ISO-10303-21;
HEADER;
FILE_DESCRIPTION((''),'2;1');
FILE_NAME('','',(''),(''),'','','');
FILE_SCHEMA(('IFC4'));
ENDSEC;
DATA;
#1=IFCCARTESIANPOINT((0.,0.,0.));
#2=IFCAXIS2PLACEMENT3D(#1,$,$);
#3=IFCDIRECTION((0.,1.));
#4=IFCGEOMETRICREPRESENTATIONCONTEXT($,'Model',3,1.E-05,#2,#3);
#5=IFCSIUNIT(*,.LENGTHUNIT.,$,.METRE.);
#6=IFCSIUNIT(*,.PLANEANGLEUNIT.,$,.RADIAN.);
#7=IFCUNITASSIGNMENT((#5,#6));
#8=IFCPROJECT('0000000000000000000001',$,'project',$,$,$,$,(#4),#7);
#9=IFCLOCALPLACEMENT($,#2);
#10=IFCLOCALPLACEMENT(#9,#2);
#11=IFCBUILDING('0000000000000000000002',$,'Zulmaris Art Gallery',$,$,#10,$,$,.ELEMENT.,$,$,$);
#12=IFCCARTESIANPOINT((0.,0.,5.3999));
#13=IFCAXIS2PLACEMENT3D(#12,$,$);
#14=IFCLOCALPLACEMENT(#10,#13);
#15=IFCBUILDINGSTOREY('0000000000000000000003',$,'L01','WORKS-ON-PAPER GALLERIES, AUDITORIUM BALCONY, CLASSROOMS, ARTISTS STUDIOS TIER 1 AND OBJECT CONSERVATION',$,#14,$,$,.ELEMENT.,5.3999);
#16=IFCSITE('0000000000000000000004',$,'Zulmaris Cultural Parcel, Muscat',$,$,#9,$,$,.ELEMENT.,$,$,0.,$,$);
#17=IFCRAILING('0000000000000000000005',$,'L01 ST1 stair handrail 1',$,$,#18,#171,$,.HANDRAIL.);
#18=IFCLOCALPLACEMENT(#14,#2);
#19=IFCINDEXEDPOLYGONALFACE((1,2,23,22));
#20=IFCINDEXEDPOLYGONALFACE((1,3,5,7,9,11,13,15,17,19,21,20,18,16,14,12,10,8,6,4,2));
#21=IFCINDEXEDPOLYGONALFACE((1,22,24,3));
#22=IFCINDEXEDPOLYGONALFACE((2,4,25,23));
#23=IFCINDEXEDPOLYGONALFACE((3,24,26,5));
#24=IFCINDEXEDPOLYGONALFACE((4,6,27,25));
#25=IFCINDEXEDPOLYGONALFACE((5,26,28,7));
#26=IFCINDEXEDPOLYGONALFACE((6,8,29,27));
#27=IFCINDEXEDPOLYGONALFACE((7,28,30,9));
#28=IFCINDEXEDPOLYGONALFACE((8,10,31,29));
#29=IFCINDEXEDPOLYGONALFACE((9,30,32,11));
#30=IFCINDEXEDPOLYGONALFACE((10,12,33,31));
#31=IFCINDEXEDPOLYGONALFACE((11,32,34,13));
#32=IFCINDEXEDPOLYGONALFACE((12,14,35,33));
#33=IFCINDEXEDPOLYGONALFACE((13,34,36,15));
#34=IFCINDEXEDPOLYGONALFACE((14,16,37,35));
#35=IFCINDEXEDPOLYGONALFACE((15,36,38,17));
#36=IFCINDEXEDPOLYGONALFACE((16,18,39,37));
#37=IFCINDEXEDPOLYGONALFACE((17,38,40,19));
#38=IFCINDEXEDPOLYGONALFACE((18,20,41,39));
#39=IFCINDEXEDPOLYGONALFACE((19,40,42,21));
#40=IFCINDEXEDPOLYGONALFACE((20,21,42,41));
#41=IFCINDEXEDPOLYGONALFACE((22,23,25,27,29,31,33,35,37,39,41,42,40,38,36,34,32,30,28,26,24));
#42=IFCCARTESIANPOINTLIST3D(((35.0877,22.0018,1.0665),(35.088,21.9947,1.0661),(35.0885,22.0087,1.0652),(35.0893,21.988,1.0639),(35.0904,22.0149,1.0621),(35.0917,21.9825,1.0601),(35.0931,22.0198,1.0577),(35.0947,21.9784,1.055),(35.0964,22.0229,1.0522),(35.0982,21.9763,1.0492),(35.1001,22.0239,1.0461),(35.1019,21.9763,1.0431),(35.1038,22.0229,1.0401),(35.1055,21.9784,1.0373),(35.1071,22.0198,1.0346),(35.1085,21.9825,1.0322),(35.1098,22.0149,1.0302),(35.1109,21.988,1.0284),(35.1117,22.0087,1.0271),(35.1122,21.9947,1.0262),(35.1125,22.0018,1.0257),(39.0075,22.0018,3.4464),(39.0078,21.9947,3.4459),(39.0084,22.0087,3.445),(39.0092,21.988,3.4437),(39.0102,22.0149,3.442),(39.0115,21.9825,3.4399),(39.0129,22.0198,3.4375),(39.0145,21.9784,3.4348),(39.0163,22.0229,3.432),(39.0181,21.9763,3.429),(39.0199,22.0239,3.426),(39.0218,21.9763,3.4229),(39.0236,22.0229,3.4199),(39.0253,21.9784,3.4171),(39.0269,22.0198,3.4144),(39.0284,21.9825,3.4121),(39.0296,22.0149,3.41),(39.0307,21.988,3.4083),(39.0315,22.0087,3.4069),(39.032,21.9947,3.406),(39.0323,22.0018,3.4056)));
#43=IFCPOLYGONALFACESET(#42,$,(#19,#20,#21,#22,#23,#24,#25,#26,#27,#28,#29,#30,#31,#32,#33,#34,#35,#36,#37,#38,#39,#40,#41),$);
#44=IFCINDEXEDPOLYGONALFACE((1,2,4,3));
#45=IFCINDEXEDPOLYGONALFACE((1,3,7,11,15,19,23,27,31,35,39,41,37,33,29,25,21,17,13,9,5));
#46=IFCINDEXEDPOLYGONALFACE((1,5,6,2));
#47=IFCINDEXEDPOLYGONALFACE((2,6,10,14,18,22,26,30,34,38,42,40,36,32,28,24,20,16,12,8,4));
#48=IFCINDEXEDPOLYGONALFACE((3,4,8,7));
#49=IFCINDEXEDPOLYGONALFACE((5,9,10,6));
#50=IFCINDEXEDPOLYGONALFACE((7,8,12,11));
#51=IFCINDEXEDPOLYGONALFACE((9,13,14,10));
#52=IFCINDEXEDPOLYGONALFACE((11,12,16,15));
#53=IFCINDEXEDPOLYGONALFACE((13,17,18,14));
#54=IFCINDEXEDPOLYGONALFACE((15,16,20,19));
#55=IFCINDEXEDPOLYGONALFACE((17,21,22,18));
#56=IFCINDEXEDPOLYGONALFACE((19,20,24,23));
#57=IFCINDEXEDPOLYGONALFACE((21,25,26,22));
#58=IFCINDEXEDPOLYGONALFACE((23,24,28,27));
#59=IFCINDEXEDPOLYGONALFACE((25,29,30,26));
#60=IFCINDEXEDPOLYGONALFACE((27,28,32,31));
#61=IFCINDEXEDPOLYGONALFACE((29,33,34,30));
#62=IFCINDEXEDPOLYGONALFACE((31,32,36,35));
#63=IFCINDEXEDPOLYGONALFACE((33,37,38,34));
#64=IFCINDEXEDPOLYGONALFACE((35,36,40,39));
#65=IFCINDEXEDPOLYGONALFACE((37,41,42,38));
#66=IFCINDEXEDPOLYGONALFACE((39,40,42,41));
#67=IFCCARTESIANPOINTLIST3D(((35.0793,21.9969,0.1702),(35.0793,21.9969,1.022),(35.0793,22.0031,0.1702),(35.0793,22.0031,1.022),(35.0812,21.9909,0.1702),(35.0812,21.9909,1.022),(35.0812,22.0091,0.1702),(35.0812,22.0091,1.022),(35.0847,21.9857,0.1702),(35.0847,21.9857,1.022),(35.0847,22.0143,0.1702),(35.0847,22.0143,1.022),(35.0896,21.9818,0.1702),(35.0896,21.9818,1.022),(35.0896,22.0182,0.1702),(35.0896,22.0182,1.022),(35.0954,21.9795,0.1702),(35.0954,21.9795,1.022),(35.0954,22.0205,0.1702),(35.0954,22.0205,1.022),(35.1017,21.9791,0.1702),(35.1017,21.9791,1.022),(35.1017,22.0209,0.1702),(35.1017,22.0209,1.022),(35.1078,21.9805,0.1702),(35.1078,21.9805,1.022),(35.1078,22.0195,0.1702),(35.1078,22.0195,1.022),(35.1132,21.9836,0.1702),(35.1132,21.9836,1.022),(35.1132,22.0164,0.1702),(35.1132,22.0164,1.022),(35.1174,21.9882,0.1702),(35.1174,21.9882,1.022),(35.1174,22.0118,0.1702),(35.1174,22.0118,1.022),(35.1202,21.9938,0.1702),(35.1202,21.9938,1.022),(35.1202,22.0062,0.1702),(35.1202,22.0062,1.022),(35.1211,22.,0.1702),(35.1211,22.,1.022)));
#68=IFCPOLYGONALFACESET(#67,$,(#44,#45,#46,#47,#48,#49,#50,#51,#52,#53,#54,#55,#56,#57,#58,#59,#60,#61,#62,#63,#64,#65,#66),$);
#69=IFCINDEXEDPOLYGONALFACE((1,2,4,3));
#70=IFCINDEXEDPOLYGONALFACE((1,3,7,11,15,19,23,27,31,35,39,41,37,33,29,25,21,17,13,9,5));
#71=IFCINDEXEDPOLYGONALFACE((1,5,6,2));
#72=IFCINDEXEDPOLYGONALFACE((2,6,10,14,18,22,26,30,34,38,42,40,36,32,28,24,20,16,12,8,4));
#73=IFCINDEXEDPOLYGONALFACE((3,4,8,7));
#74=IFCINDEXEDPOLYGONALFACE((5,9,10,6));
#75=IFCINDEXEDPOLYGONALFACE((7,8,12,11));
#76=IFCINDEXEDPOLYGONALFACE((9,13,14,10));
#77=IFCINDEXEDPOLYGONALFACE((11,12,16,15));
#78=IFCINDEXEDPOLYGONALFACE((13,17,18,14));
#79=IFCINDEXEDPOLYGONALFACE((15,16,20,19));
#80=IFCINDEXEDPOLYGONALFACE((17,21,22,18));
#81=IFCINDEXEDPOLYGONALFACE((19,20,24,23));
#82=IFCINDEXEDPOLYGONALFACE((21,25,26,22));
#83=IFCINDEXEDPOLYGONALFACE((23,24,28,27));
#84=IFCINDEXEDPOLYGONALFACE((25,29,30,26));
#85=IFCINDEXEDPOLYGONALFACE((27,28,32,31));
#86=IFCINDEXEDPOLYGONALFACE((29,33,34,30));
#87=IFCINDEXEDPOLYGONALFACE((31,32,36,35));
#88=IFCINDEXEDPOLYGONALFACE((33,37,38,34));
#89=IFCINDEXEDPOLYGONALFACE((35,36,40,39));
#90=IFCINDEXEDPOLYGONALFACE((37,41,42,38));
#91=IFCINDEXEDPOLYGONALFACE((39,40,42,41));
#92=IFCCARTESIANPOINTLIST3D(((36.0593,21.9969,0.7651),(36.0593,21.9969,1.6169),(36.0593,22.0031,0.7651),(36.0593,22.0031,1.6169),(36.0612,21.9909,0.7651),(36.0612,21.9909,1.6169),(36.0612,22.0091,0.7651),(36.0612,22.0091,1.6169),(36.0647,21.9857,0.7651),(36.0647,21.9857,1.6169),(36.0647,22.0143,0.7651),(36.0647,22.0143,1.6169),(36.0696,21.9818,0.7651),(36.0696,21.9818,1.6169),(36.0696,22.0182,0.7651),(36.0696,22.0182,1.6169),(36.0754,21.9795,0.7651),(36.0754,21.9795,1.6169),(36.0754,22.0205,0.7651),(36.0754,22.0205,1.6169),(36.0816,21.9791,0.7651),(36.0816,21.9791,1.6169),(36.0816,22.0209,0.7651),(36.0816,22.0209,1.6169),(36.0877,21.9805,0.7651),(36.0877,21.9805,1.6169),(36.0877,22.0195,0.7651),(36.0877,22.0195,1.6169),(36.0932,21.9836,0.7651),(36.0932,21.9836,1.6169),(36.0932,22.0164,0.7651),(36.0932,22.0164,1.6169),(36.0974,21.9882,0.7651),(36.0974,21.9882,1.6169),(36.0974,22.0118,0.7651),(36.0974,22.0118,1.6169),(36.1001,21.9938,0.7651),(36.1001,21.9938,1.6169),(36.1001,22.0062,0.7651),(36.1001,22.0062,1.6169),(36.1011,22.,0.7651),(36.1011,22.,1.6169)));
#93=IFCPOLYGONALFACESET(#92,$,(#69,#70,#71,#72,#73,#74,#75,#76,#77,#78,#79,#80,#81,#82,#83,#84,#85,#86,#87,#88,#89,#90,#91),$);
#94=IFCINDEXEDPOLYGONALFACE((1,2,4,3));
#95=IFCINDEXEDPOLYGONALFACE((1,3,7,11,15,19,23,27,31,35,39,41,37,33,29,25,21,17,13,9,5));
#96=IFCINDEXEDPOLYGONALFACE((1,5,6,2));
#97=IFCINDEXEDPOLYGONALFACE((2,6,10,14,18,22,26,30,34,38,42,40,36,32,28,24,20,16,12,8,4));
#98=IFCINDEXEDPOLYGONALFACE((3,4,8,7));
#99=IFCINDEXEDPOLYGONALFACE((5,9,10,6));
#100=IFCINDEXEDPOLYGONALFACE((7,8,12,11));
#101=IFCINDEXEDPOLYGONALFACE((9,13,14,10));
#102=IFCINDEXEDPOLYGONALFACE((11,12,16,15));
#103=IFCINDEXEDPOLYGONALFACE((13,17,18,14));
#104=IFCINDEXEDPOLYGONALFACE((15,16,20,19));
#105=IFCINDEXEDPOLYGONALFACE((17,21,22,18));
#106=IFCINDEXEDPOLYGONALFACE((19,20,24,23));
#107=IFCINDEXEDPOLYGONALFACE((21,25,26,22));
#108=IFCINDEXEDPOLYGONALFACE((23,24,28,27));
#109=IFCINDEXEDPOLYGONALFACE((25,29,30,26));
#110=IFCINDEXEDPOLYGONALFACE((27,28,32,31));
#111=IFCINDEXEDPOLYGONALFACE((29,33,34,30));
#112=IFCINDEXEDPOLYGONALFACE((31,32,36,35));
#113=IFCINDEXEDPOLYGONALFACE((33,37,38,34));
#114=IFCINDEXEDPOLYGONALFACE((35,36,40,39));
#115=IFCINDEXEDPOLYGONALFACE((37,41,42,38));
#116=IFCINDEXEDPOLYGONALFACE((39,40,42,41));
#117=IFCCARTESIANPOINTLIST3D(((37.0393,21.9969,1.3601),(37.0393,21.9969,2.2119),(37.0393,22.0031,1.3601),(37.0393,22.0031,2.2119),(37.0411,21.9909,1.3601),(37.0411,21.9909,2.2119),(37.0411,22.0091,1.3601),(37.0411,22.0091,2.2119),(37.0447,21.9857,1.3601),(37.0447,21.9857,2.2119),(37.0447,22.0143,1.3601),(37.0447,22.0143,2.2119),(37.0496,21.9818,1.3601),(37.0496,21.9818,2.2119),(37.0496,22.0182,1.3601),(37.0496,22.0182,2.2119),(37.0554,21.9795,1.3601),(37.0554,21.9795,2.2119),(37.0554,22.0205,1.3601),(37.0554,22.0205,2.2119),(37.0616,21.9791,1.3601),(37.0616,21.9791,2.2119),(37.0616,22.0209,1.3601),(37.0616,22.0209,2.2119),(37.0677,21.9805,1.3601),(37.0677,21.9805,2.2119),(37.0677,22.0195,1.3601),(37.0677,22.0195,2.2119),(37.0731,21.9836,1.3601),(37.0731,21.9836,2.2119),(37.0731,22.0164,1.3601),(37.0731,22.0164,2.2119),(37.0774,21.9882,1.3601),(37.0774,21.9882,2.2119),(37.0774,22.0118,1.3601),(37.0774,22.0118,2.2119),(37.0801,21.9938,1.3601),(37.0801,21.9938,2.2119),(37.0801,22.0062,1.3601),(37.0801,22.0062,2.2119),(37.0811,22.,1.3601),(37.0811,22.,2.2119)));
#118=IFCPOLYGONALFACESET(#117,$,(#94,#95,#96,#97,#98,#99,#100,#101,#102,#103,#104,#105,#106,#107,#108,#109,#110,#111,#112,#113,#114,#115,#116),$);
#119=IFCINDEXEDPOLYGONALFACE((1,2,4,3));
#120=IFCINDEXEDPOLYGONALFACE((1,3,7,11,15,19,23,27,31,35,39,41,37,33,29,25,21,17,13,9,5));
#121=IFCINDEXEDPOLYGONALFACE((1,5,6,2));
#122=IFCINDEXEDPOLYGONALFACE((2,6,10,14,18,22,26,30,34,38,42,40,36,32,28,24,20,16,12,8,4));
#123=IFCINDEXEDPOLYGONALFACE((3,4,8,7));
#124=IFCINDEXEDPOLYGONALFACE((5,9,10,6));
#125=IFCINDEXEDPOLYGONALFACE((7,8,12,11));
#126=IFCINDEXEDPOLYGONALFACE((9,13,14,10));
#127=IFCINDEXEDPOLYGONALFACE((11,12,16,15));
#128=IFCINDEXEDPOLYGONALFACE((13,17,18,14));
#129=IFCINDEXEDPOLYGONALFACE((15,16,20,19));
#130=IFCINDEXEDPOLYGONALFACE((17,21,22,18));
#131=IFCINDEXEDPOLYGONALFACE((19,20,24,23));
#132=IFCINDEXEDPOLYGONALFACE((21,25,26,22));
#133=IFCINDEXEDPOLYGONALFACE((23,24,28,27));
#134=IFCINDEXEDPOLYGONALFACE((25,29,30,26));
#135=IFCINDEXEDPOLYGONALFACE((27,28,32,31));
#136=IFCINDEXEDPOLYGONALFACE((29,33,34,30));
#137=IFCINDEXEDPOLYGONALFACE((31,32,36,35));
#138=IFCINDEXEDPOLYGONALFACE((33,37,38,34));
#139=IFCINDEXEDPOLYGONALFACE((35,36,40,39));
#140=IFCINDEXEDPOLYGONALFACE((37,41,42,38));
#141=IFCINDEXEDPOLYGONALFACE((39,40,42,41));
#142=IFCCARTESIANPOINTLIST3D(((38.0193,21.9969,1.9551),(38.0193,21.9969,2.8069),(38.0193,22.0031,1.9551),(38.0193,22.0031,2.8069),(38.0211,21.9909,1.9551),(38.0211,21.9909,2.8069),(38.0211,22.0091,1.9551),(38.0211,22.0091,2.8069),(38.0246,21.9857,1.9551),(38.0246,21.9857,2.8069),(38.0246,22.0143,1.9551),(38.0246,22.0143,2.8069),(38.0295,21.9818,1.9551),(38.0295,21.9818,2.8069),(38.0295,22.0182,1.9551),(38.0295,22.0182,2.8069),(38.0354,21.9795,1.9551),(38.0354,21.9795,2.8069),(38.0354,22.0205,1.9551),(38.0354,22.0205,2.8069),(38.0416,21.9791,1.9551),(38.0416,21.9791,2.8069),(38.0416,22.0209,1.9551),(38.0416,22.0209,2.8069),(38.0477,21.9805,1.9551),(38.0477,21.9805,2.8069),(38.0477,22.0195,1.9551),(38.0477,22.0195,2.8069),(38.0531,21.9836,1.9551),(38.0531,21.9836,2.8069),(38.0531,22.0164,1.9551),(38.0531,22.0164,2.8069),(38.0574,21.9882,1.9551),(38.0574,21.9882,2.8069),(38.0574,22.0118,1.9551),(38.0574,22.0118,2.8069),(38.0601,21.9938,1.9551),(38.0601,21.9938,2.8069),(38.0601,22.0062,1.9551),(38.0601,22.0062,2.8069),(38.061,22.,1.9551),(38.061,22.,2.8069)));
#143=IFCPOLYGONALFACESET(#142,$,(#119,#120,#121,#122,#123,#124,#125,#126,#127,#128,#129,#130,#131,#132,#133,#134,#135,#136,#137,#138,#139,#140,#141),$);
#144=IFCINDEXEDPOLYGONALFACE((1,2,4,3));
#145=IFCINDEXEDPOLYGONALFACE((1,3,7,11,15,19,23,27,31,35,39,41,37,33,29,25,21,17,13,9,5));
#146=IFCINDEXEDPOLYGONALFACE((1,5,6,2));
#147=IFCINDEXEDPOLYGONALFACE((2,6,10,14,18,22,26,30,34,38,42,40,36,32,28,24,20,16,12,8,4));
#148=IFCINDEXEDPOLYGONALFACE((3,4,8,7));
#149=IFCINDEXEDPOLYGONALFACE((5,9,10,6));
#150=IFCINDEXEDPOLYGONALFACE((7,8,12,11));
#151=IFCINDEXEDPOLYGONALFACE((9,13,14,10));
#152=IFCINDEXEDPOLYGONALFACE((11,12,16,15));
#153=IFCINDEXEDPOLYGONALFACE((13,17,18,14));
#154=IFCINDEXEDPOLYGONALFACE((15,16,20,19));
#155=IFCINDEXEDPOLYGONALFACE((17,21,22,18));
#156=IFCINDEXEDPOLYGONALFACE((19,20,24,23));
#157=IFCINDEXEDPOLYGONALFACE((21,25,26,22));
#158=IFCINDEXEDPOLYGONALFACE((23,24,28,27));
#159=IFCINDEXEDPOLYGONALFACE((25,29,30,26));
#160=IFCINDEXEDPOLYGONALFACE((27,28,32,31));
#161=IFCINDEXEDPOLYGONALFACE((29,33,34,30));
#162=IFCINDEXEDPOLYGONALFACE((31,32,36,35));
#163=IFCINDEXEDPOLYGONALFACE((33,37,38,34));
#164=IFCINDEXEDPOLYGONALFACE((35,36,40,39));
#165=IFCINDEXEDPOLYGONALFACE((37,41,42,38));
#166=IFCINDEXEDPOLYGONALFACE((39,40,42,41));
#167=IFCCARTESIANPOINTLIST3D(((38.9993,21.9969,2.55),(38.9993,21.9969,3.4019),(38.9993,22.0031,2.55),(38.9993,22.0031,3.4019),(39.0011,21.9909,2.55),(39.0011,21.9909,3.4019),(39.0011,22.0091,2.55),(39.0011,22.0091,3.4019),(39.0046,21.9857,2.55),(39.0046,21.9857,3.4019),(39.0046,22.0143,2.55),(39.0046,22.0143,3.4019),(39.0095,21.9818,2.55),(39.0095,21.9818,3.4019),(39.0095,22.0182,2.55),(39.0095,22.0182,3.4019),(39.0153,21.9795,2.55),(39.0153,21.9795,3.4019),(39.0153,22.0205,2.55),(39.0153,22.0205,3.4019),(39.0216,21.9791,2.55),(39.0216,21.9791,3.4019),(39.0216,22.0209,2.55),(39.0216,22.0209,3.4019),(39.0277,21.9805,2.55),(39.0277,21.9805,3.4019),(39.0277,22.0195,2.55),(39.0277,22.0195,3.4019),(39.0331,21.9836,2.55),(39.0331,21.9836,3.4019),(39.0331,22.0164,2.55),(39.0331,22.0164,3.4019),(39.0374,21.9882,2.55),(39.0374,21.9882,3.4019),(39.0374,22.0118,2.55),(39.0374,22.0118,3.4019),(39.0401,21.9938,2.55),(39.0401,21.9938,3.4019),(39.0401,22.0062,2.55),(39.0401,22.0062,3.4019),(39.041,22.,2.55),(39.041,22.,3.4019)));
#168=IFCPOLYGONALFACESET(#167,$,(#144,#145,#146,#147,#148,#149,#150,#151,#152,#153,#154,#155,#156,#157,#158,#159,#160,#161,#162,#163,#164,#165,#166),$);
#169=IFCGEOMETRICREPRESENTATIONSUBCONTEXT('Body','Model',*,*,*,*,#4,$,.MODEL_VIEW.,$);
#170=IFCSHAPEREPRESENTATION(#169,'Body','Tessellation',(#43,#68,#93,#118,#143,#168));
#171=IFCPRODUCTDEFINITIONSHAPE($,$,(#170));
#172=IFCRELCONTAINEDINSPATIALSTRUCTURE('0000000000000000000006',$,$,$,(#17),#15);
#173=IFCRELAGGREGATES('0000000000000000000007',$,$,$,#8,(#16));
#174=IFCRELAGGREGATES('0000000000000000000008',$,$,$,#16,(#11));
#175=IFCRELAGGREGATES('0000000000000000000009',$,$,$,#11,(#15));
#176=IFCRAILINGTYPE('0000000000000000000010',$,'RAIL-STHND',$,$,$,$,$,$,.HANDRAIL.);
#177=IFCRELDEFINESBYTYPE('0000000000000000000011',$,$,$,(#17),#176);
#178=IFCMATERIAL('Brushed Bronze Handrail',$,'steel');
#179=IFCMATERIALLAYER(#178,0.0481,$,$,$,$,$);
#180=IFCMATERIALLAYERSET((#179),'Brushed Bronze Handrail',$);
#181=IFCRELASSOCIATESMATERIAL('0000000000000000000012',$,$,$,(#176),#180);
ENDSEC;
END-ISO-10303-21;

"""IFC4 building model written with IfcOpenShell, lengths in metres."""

from ifc_helpers import new_model, si_unit, direction, frame, origin, origin_2d, place, context, subcontext, project, spatial, circle, extrude, material, layer, layer_set, type_object, element, save


model = new_model("IFC4")

# Units and contexts
model_context = context("Model", 3, precision=1e-05, world=origin(), true_north=direction((0.0, 1.0)))
body_context = subcontext(model_context, "Body", "Model", "MODEL_VIEW")
ifc_project = project(units=[si_unit("LENGTHUNIT", "METRE"), si_unit("PLANEANGLEUNIT", "RADIAN")], contexts=[model_context])

# Site, building, storey
site_placement = place(None, origin())
site = spatial("IfcSite", under=ifc_project, at=site_placement, Name="Zulmaris Cultural Parcel, Muscat", CompositionType="ELEMENT", RefElevation=0.0)
building_placement = place(site_placement, origin())
building = spatial("IfcBuilding", under=site, at=building_placement, Name="Zulmaris Art Gallery", CompositionType="ELEMENT")
storey_placement = place(building_placement, frame((0.0, 0.0, 5.3999)))
storey = spatial("IfcBuildingStorey", under=building, at=storey_placement, Name="L01", Description="WORKS-ON-PAPER GALLERIES, AUDITORIUM BALCONY, CLASSROOMS, ARTISTS STUDIOS TIER 1 AND OBJECT CONSERVATION", CompositionType="ELEMENT", Elevation=5.3999)

# Railing
ifc_material_1 = material(Name="Brushed Bronze Handrail", Category="steel")
ifc_layer_1 = layer(ifc_material_1, 0.0481)
ifc_layer_set_1 = layer_set([ifc_layer_1], Name="Brushed Bronze Handrail")
railing_type_1 = type_object("IfcRailingType", Name="RAIL-STHND", PredefinedType="HANDRAIL", material=ifc_layer_set_1)
for number, where, name in (
    (1, (35.1001, 22.0, 0.1702), "L01 ST1 stair handrail 1"),
):
    element("IfcRailing", number, at=place(storey_placement, frame(where)), inside=storey, type_object=railing_type_1, Name=name, PredefinedType="HANDRAIL", context=body_context, shape_type="SweptSolid", body=[
        extrude(circle(Radius=0.0239, at=origin_2d()), frame((0.0, 0.0, 0.876), z_axis=(0.854794, 0.0, 0.518967), x_axis=(0.0, 1.0, 0.0)), (0.0, 0.0, 1.0), 4.5857),
        extrude(circle(Radius=0.021, at=origin_2d()), origin(), (0.0, 0.0, 1.0), 0.8518),
        extrude(circle(Radius=0.021, at=origin_2d()), frame((0.98, 0.0, 0.595)), (0.0, 0.0, 1.0), 0.8518),
        extrude(circle(Radius=0.021, at=origin_2d()), frame((1.96, 0.0, 1.1899)), (0.0, 0.0, 1.0), 0.8518),
        extrude(circle(Radius=0.021, at=origin_2d()), frame((2.9399, 0.0, 1.7849)), (0.0, 0.0, 1.0), 0.8518),
        extrude(circle(Radius=0.021, at=origin_2d()), frame((3.9199, 0.0, 2.3799)), (0.0, 0.0, 1.0), 0.8518),
    ])

save(model, "model.ifc")
